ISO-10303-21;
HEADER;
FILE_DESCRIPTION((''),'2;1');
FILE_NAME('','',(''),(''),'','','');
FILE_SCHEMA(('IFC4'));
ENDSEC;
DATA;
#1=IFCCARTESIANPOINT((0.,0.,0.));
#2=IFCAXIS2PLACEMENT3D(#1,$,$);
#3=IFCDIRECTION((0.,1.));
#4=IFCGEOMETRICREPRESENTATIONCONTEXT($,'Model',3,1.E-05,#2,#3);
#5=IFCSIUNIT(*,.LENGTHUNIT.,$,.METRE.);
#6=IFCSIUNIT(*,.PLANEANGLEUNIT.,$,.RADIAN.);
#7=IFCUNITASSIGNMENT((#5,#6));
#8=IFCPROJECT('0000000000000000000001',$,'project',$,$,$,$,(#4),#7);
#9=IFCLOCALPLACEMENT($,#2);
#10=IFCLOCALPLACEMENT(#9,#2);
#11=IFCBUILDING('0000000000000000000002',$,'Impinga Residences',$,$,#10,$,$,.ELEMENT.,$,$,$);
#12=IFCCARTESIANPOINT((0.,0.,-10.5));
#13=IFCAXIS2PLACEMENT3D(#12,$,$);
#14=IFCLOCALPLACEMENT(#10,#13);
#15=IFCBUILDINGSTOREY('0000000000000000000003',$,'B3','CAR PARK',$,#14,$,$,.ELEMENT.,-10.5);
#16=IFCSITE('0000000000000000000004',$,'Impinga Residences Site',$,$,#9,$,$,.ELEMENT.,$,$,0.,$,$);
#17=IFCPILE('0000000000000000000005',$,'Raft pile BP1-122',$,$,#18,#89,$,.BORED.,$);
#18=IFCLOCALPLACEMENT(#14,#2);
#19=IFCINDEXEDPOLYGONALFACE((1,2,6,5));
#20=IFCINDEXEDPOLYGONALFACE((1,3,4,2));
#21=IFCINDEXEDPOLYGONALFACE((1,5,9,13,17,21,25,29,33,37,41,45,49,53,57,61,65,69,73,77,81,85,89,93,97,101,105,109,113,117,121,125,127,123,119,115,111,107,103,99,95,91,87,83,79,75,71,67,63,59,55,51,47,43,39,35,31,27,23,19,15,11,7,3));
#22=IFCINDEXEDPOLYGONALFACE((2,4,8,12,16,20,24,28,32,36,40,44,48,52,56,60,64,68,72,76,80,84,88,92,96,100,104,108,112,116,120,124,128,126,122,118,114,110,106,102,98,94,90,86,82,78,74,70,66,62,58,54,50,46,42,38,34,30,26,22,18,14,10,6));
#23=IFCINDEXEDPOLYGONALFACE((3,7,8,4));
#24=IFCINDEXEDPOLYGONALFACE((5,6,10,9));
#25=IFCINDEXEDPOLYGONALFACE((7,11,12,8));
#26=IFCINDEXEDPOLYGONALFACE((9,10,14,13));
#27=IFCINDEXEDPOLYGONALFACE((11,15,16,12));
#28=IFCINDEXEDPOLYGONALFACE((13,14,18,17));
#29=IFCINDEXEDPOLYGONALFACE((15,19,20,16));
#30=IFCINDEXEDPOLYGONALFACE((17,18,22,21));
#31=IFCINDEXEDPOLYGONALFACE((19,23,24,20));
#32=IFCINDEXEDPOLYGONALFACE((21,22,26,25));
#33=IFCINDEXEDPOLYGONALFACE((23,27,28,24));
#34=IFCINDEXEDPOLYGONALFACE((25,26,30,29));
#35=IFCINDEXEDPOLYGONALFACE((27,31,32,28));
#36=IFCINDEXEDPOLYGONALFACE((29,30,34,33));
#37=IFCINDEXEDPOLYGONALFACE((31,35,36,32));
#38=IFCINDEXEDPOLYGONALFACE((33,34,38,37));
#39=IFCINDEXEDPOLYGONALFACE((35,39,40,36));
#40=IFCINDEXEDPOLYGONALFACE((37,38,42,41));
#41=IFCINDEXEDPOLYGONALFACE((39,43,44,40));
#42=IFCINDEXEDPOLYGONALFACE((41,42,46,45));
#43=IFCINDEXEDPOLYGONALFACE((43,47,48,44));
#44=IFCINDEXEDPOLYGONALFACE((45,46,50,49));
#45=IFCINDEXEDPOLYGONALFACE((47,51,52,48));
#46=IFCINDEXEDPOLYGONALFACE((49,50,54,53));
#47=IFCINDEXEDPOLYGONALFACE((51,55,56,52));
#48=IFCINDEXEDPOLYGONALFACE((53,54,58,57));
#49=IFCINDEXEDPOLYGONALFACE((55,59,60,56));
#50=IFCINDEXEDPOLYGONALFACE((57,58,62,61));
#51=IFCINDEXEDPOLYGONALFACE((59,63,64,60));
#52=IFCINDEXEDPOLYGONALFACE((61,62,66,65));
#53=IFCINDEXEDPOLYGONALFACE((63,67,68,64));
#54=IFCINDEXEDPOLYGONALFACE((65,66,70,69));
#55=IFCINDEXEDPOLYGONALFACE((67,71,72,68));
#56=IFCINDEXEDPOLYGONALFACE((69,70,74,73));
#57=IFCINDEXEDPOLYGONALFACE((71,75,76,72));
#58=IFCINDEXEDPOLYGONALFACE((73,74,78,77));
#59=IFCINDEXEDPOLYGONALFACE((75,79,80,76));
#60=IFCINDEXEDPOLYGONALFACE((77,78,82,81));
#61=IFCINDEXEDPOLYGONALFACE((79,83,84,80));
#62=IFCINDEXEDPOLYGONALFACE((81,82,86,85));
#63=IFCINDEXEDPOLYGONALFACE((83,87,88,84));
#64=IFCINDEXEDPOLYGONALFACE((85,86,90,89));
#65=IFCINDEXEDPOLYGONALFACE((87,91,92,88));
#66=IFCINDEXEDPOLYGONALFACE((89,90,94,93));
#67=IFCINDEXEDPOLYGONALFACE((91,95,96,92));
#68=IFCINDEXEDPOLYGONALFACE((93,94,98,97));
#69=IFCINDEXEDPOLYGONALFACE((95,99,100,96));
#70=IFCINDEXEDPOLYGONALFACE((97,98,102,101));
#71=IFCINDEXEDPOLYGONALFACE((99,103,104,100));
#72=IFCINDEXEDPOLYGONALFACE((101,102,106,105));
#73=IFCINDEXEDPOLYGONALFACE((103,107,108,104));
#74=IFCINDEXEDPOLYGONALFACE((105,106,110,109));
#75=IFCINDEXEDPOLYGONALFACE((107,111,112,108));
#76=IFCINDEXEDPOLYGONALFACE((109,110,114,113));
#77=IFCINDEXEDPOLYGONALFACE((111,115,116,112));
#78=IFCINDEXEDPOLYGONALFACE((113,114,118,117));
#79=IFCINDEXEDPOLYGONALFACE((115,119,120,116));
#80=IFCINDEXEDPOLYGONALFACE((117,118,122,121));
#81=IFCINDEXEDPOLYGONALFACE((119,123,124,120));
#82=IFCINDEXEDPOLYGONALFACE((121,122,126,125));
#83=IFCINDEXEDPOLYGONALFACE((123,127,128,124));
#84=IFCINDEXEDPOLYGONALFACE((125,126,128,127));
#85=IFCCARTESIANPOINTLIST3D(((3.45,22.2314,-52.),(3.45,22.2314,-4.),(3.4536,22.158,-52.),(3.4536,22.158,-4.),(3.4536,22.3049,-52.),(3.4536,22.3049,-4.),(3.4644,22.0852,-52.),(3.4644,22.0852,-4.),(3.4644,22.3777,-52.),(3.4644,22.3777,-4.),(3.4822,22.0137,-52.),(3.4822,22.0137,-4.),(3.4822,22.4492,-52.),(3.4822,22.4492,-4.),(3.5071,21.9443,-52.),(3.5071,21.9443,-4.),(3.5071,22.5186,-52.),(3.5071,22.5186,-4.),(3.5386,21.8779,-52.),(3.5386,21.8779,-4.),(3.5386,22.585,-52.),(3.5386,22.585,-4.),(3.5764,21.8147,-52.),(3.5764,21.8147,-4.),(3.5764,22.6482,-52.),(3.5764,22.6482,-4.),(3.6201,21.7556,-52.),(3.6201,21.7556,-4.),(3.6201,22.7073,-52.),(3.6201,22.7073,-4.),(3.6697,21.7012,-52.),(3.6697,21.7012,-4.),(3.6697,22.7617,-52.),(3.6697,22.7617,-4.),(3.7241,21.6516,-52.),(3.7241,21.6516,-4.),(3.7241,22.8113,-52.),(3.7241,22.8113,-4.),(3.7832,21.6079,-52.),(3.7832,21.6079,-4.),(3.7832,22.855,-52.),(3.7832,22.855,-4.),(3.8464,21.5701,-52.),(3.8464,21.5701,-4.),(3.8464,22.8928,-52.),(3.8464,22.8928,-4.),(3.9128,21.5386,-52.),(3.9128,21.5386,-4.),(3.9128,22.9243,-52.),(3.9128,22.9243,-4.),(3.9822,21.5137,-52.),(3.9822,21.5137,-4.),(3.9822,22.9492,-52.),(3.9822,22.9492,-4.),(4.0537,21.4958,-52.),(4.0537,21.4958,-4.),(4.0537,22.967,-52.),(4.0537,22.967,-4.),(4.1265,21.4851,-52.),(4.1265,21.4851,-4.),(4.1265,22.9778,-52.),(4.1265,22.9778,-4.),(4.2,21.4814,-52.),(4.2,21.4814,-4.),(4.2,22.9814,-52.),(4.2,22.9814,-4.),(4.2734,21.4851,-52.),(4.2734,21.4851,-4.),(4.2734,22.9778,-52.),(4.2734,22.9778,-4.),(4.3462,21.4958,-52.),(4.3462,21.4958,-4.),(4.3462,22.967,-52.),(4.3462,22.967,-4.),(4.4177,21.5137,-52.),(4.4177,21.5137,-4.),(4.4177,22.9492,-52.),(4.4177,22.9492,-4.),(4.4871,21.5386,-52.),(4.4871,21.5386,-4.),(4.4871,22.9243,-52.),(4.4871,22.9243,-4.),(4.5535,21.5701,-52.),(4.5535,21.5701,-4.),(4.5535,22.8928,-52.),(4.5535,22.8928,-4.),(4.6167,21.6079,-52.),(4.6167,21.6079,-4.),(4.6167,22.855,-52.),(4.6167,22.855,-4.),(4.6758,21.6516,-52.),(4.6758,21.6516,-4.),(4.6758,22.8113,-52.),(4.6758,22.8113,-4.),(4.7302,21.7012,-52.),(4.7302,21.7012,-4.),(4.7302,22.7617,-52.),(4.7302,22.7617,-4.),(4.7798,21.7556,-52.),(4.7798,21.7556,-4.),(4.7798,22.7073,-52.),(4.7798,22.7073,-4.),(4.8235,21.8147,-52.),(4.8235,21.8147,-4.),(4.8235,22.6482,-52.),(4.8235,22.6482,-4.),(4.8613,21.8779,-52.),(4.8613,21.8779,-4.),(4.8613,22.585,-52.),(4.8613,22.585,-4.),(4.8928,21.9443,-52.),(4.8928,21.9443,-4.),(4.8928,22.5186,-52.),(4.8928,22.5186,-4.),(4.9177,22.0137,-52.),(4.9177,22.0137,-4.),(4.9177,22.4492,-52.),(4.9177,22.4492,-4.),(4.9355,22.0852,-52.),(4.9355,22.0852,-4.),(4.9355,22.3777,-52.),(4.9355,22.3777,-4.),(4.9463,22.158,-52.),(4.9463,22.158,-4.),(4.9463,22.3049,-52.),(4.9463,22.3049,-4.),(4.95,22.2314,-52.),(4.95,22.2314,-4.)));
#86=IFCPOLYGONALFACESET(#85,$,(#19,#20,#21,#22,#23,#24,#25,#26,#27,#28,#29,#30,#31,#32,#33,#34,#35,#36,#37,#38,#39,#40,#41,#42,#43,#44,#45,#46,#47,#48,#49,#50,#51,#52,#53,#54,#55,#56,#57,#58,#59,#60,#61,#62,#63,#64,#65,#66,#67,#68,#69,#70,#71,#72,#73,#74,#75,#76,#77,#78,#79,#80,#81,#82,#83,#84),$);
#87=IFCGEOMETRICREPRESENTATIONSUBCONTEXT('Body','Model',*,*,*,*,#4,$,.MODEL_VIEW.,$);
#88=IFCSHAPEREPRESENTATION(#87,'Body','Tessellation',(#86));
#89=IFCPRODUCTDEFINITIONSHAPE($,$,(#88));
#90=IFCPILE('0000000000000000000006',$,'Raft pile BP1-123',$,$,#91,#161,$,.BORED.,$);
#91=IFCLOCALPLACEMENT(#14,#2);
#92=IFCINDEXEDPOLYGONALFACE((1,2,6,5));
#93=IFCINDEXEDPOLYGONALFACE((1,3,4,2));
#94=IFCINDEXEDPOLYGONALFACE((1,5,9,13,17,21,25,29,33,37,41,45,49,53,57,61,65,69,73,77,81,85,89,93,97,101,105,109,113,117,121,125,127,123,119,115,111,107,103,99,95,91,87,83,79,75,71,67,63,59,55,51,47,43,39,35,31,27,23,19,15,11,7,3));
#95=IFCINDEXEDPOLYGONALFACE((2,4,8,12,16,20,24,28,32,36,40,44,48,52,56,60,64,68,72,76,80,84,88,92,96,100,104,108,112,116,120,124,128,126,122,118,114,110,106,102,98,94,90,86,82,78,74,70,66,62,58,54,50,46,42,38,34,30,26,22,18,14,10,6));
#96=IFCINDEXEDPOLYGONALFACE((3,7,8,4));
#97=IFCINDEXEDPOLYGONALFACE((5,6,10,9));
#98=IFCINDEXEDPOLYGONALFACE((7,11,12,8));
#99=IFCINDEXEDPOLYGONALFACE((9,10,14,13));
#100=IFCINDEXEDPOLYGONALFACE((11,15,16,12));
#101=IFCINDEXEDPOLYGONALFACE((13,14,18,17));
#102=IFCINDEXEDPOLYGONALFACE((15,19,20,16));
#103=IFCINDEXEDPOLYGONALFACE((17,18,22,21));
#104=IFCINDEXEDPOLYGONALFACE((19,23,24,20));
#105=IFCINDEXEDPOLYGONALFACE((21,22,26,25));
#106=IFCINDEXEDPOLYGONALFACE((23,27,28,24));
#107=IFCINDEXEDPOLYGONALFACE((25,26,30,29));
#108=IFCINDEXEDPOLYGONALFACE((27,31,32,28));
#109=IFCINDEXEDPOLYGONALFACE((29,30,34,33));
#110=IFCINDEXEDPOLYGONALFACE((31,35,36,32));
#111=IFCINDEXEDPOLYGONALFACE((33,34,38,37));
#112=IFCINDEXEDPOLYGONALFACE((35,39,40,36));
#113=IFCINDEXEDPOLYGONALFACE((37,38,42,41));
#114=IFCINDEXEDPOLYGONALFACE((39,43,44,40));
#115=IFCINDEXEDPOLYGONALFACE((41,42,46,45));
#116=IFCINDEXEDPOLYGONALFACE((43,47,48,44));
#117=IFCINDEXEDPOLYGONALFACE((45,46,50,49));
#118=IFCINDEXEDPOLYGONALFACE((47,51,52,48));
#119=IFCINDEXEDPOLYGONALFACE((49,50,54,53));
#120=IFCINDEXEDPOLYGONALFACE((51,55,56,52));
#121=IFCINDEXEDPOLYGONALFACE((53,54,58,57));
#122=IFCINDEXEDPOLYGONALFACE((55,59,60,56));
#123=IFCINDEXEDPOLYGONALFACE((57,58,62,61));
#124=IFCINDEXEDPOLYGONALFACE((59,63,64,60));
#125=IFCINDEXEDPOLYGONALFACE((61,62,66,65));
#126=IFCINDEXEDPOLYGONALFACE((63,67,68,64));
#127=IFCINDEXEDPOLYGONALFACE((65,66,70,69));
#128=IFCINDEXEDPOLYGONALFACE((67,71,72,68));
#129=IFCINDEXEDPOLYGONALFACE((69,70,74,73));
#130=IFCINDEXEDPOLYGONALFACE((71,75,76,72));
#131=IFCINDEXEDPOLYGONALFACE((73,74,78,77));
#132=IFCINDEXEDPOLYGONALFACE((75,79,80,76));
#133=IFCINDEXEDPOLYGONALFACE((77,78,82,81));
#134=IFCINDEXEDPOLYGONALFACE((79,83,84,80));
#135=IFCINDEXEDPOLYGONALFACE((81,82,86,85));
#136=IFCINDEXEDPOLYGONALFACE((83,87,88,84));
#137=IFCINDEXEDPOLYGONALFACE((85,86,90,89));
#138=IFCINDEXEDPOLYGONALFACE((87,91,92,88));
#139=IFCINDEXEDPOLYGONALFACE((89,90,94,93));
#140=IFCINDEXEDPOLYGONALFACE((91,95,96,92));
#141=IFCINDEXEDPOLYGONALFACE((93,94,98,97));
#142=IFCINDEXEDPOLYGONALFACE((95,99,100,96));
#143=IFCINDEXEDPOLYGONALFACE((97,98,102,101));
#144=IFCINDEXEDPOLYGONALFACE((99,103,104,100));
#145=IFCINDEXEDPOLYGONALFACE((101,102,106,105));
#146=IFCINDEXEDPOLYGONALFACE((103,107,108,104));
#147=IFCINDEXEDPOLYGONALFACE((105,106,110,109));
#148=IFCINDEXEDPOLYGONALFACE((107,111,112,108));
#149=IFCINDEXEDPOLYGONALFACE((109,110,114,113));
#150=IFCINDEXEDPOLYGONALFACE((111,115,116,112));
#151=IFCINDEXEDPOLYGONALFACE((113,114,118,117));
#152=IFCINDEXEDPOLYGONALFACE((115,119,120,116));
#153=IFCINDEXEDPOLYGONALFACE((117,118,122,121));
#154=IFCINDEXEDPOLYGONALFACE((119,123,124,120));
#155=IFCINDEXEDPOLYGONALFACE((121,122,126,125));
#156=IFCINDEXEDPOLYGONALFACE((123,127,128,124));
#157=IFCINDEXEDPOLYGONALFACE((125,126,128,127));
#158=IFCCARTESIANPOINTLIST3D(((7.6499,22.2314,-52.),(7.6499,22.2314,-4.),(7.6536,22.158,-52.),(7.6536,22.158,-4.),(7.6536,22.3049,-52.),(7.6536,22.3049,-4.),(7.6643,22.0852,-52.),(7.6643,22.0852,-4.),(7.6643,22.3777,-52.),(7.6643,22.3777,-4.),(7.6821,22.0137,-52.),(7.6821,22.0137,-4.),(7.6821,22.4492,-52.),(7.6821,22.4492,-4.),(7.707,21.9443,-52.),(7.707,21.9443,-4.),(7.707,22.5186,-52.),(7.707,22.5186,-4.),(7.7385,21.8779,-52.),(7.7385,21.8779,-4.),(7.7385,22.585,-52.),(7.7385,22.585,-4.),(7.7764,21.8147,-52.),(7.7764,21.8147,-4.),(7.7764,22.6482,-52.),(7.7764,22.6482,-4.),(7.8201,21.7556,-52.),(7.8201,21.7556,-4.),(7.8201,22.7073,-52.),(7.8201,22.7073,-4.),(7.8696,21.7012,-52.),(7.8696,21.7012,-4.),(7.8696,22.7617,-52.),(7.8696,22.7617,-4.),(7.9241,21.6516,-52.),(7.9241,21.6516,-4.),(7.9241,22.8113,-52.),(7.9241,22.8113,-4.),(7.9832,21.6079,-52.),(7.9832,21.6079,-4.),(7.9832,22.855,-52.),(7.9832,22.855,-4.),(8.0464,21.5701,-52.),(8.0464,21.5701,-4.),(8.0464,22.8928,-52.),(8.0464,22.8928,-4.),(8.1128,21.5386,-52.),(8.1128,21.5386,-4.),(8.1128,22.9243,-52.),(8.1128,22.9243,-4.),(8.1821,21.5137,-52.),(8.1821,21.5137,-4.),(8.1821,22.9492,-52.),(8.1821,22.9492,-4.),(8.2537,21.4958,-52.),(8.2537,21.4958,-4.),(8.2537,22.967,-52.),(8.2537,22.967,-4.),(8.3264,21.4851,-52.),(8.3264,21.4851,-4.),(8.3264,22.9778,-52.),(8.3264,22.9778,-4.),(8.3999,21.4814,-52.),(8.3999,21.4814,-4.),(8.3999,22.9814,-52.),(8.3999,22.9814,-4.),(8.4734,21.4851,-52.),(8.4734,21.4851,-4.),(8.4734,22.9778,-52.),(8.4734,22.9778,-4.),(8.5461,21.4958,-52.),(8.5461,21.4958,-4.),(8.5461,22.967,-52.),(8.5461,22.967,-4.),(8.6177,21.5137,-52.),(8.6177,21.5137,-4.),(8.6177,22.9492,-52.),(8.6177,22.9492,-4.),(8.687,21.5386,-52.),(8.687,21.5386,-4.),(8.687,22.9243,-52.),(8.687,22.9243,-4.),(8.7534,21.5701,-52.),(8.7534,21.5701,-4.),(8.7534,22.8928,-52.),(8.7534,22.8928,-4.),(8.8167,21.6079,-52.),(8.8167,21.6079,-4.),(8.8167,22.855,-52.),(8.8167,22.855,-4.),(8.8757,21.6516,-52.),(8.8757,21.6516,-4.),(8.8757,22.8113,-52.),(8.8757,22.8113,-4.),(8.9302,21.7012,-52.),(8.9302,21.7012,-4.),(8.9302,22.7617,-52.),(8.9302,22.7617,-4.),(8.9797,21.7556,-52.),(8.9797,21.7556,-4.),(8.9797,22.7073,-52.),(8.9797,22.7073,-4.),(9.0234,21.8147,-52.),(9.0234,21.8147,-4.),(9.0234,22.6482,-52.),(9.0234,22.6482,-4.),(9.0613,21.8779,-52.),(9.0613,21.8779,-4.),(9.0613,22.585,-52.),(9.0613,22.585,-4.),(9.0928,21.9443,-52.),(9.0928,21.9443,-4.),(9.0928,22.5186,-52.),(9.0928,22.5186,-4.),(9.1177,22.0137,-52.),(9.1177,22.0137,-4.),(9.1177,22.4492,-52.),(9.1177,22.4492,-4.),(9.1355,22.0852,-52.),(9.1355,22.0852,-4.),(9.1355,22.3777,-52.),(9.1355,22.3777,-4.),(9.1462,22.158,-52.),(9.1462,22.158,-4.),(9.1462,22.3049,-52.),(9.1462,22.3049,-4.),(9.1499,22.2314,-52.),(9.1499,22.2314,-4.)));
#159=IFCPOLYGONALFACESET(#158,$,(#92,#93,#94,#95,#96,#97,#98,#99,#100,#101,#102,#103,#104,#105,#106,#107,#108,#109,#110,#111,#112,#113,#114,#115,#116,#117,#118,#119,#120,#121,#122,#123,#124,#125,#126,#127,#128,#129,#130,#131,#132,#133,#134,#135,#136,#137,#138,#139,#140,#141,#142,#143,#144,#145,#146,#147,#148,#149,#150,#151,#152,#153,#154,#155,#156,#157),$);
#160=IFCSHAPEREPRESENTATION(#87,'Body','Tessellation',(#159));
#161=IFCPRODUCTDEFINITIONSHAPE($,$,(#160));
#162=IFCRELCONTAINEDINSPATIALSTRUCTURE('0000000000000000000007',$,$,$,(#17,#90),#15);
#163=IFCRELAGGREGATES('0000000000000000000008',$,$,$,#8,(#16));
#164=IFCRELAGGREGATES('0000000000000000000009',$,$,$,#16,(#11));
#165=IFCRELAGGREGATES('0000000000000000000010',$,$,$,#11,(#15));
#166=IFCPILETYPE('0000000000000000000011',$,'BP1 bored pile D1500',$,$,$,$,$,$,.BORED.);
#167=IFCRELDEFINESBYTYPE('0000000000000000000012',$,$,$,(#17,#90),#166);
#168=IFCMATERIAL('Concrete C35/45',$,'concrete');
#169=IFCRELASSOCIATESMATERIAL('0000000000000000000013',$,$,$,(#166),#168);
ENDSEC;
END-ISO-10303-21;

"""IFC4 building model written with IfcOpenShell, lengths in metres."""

from ifc_helpers import new_model, si_unit, direction, frame, origin, origin_2d, place, context, subcontext, project, spatial, polyline, circle, outline, extrude, material, material_profile, profile_set, type_object, element, save


model = new_model("IFC4")

# Units and contexts
model_context = context("Model", 3, precision=1e-05, world=origin(), true_north=direction((0.0, 1.0)))
body_context = subcontext(model_context, "Body", "Model", "MODEL_VIEW")
ifc_project = project(units=[si_unit("LENGTHUNIT", "METRE"), si_unit("PLANEANGLEUNIT", "RADIAN")], contexts=[model_context])

# Site, building, storey
site_placement = place(None, origin())
site = spatial("IfcSite", under=ifc_project, at=site_placement, Name="Impinga Residences Site", CompositionType="ELEMENT", RefElevation=0.0)
building_placement = place(site_placement, origin())
building = spatial("IfcBuilding", under=site, at=building_placement, Name="Impinga Residences", CompositionType="ELEMENT")
storey_placement = place(building_placement, frame((0.0, 0.0, -10.5)))
storey = spatial("IfcBuildingStorey", under=building, at=storey_placement, Name="B3", Description="CAR PARK", CompositionType="ELEMENT", Elevation=-10.5)

# Piles
ifc_material_1 = material(Name="Concrete C35/45", Category="concrete")
ifc_material_profile_1 = material_profile(ifc_material_1, circle(Radius=0.75, at=origin_2d()), Name="D1500")
ifc_profile_set_1 = profile_set([ifc_material_profile_1], Name="Concrete C35/45")
pile_type_1 = type_object("IfcPileType", Name="BP1 bored pile D1500", PredefinedType="BORED", material=ifc_profile_set_1)
pile_1_placement = place(storey_placement, frame((4.2, 22.2314, -4.0), z_axis=(0.0, 0.0, -1.0), x_axis=(1.0, 0.0, 0.0)))
element("IfcPile", 1, at=pile_1_placement, inside=storey, type_object=pile_type_1, Name="Raft pile BP1-122", PredefinedType="BORED", context=body_context, shape_type="SweptSolid", body=[
    extrude(outline(polyline([(0.75, 0.0), (0.7463, 0.0735), (0.7356, 0.1462), (0.7178, 0.2178), (0.6929, 0.2871), (0.6614, 0.3535), (0.6235, 0.4167), (0.5798, 0.4758), (0.5303, 0.5303), (0.4758, 0.5798), (0.4167, 0.6235), (0.3535, 0.6614), (0.2871, 0.6929), (0.2178, 0.7178), (0.1462, 0.7356), (0.0735, 0.7463), (0.0, 0.75), (-0.0735, 0.7463), (-0.1462, 0.7356), (-0.2178, 0.7178), (-0.2871, 0.6929), (-0.3535, 0.6614), (-0.4167, 0.6235), (-0.4758, 0.5798), (-0.5303, 0.5303), (-0.5798, 0.4758), (-0.6235, 0.4167), (-0.6614, 0.3535), (-0.6929, 0.2871), (-0.7178, 0.2178), (-0.7356, 0.1462), (-0.7463, 0.0735), (-0.75, 0.0), (-0.7463, -0.0735), (-0.7356, -0.1462), (-0.7178, -0.2178), (-0.6929, -0.2871), (-0.6614, -0.3535), (-0.6235, -0.4167), (-0.5798, -0.4758), (-0.5303, -0.5303), (-0.4758, -0.5798), (-0.4167, -0.6235), (-0.3535, -0.6614), (-0.2871, -0.6929), (-0.2178, -0.7178), (-0.1462, -0.7356), (-0.0735, -0.7463), (0.0, -0.75), (0.0735, -0.7463), (0.1462, -0.7356), (0.2178, -0.7178), (0.2871, -0.6929), (0.3535, -0.6614), (0.4167, -0.6235), (0.4758, -0.5798), (0.5303, -0.5303), (0.5798, -0.4758), (0.6235, -0.4167), (0.6614, -0.3535), (0.6929, -0.2871), (0.7178, -0.2178), (0.7356, -0.1462), (0.7463, -0.0735), (0.75, 0.0)])), origin(), (0.0, 0.0, 1.0), 48.0),
])
pile_2_placement = place(storey_placement, frame((8.3999, 22.2314, -4.0), z_axis=(0.0, 0.0, -1.0), x_axis=(1.0, 0.0, 0.0)))
element("IfcPile", 2, at=pile_2_placement, inside=storey, type_object=pile_type_1, Name="Raft pile BP1-123", PredefinedType="BORED", context=body_context, shape_type="SweptSolid", body=[
    extrude(outline(polyline([(0.75, 0.0), (0.7463, 0.0735), (0.7356, 0.1462), (0.7178, 0.2178), (0.6929, 0.2871), (0.6614, 0.3535), (0.6235, 0.4167), (0.5798, 0.4758), (0.5303, 0.5303), (0.4758, 0.5798), (0.4167, 0.6235), (0.3535, 0.6614), (0.2871, 0.6929), (0.2178, 0.7178), (0.1462, 0.7356), (0.0735, 0.7463), (0.0, 0.75), (-0.0735, 0.7463), (-0.1462, 0.7356), (-0.2178, 0.7178), (-0.2871, 0.6929), (-0.3535, 0.6614), (-0.4167, 0.6235), (-0.4758, 0.5798), (-0.5303, 0.5303), (-0.5798, 0.4758), (-0.6235, 0.4167), (-0.6614, 0.3535), (-0.6929, 0.2871), (-0.7178, 0.2178), (-0.7356, 0.1462), (-0.7463, 0.0735), (-0.75, 0.0), (-0.7463, -0.0735), (-0.7356, -0.1462), (-0.7178, -0.2178), (-0.6929, -0.2871), (-0.6614, -0.3535), (-0.6235, -0.4167), (-0.5798, -0.4758), (-0.5303, -0.5303), (-0.4758, -0.5798), (-0.4167, -0.6235), (-0.3535, -0.6614), (-0.2871, -0.6929), (-0.2178, -0.7178), (-0.1462, -0.7356), (-0.0735, -0.7463), (0.0, -0.75), (0.0735, -0.7463), (0.1462, -0.7356), (0.2178, -0.7178), (0.2871, -0.6929), (0.3535, -0.6614), (0.4167, -0.6235), (0.4758, -0.5798), (0.5303, -0.5303), (0.5798, -0.4758), (0.6235, -0.4167), (0.6614, -0.3535), (0.6929, -0.2871), (0.7178, -0.2178), (0.7356, -0.1462), (0.7463, -0.0735), (0.75, 0.0)])), origin(), (0.0, 0.0, 1.0), 48.0),
])

save(model, "model.ifc")
